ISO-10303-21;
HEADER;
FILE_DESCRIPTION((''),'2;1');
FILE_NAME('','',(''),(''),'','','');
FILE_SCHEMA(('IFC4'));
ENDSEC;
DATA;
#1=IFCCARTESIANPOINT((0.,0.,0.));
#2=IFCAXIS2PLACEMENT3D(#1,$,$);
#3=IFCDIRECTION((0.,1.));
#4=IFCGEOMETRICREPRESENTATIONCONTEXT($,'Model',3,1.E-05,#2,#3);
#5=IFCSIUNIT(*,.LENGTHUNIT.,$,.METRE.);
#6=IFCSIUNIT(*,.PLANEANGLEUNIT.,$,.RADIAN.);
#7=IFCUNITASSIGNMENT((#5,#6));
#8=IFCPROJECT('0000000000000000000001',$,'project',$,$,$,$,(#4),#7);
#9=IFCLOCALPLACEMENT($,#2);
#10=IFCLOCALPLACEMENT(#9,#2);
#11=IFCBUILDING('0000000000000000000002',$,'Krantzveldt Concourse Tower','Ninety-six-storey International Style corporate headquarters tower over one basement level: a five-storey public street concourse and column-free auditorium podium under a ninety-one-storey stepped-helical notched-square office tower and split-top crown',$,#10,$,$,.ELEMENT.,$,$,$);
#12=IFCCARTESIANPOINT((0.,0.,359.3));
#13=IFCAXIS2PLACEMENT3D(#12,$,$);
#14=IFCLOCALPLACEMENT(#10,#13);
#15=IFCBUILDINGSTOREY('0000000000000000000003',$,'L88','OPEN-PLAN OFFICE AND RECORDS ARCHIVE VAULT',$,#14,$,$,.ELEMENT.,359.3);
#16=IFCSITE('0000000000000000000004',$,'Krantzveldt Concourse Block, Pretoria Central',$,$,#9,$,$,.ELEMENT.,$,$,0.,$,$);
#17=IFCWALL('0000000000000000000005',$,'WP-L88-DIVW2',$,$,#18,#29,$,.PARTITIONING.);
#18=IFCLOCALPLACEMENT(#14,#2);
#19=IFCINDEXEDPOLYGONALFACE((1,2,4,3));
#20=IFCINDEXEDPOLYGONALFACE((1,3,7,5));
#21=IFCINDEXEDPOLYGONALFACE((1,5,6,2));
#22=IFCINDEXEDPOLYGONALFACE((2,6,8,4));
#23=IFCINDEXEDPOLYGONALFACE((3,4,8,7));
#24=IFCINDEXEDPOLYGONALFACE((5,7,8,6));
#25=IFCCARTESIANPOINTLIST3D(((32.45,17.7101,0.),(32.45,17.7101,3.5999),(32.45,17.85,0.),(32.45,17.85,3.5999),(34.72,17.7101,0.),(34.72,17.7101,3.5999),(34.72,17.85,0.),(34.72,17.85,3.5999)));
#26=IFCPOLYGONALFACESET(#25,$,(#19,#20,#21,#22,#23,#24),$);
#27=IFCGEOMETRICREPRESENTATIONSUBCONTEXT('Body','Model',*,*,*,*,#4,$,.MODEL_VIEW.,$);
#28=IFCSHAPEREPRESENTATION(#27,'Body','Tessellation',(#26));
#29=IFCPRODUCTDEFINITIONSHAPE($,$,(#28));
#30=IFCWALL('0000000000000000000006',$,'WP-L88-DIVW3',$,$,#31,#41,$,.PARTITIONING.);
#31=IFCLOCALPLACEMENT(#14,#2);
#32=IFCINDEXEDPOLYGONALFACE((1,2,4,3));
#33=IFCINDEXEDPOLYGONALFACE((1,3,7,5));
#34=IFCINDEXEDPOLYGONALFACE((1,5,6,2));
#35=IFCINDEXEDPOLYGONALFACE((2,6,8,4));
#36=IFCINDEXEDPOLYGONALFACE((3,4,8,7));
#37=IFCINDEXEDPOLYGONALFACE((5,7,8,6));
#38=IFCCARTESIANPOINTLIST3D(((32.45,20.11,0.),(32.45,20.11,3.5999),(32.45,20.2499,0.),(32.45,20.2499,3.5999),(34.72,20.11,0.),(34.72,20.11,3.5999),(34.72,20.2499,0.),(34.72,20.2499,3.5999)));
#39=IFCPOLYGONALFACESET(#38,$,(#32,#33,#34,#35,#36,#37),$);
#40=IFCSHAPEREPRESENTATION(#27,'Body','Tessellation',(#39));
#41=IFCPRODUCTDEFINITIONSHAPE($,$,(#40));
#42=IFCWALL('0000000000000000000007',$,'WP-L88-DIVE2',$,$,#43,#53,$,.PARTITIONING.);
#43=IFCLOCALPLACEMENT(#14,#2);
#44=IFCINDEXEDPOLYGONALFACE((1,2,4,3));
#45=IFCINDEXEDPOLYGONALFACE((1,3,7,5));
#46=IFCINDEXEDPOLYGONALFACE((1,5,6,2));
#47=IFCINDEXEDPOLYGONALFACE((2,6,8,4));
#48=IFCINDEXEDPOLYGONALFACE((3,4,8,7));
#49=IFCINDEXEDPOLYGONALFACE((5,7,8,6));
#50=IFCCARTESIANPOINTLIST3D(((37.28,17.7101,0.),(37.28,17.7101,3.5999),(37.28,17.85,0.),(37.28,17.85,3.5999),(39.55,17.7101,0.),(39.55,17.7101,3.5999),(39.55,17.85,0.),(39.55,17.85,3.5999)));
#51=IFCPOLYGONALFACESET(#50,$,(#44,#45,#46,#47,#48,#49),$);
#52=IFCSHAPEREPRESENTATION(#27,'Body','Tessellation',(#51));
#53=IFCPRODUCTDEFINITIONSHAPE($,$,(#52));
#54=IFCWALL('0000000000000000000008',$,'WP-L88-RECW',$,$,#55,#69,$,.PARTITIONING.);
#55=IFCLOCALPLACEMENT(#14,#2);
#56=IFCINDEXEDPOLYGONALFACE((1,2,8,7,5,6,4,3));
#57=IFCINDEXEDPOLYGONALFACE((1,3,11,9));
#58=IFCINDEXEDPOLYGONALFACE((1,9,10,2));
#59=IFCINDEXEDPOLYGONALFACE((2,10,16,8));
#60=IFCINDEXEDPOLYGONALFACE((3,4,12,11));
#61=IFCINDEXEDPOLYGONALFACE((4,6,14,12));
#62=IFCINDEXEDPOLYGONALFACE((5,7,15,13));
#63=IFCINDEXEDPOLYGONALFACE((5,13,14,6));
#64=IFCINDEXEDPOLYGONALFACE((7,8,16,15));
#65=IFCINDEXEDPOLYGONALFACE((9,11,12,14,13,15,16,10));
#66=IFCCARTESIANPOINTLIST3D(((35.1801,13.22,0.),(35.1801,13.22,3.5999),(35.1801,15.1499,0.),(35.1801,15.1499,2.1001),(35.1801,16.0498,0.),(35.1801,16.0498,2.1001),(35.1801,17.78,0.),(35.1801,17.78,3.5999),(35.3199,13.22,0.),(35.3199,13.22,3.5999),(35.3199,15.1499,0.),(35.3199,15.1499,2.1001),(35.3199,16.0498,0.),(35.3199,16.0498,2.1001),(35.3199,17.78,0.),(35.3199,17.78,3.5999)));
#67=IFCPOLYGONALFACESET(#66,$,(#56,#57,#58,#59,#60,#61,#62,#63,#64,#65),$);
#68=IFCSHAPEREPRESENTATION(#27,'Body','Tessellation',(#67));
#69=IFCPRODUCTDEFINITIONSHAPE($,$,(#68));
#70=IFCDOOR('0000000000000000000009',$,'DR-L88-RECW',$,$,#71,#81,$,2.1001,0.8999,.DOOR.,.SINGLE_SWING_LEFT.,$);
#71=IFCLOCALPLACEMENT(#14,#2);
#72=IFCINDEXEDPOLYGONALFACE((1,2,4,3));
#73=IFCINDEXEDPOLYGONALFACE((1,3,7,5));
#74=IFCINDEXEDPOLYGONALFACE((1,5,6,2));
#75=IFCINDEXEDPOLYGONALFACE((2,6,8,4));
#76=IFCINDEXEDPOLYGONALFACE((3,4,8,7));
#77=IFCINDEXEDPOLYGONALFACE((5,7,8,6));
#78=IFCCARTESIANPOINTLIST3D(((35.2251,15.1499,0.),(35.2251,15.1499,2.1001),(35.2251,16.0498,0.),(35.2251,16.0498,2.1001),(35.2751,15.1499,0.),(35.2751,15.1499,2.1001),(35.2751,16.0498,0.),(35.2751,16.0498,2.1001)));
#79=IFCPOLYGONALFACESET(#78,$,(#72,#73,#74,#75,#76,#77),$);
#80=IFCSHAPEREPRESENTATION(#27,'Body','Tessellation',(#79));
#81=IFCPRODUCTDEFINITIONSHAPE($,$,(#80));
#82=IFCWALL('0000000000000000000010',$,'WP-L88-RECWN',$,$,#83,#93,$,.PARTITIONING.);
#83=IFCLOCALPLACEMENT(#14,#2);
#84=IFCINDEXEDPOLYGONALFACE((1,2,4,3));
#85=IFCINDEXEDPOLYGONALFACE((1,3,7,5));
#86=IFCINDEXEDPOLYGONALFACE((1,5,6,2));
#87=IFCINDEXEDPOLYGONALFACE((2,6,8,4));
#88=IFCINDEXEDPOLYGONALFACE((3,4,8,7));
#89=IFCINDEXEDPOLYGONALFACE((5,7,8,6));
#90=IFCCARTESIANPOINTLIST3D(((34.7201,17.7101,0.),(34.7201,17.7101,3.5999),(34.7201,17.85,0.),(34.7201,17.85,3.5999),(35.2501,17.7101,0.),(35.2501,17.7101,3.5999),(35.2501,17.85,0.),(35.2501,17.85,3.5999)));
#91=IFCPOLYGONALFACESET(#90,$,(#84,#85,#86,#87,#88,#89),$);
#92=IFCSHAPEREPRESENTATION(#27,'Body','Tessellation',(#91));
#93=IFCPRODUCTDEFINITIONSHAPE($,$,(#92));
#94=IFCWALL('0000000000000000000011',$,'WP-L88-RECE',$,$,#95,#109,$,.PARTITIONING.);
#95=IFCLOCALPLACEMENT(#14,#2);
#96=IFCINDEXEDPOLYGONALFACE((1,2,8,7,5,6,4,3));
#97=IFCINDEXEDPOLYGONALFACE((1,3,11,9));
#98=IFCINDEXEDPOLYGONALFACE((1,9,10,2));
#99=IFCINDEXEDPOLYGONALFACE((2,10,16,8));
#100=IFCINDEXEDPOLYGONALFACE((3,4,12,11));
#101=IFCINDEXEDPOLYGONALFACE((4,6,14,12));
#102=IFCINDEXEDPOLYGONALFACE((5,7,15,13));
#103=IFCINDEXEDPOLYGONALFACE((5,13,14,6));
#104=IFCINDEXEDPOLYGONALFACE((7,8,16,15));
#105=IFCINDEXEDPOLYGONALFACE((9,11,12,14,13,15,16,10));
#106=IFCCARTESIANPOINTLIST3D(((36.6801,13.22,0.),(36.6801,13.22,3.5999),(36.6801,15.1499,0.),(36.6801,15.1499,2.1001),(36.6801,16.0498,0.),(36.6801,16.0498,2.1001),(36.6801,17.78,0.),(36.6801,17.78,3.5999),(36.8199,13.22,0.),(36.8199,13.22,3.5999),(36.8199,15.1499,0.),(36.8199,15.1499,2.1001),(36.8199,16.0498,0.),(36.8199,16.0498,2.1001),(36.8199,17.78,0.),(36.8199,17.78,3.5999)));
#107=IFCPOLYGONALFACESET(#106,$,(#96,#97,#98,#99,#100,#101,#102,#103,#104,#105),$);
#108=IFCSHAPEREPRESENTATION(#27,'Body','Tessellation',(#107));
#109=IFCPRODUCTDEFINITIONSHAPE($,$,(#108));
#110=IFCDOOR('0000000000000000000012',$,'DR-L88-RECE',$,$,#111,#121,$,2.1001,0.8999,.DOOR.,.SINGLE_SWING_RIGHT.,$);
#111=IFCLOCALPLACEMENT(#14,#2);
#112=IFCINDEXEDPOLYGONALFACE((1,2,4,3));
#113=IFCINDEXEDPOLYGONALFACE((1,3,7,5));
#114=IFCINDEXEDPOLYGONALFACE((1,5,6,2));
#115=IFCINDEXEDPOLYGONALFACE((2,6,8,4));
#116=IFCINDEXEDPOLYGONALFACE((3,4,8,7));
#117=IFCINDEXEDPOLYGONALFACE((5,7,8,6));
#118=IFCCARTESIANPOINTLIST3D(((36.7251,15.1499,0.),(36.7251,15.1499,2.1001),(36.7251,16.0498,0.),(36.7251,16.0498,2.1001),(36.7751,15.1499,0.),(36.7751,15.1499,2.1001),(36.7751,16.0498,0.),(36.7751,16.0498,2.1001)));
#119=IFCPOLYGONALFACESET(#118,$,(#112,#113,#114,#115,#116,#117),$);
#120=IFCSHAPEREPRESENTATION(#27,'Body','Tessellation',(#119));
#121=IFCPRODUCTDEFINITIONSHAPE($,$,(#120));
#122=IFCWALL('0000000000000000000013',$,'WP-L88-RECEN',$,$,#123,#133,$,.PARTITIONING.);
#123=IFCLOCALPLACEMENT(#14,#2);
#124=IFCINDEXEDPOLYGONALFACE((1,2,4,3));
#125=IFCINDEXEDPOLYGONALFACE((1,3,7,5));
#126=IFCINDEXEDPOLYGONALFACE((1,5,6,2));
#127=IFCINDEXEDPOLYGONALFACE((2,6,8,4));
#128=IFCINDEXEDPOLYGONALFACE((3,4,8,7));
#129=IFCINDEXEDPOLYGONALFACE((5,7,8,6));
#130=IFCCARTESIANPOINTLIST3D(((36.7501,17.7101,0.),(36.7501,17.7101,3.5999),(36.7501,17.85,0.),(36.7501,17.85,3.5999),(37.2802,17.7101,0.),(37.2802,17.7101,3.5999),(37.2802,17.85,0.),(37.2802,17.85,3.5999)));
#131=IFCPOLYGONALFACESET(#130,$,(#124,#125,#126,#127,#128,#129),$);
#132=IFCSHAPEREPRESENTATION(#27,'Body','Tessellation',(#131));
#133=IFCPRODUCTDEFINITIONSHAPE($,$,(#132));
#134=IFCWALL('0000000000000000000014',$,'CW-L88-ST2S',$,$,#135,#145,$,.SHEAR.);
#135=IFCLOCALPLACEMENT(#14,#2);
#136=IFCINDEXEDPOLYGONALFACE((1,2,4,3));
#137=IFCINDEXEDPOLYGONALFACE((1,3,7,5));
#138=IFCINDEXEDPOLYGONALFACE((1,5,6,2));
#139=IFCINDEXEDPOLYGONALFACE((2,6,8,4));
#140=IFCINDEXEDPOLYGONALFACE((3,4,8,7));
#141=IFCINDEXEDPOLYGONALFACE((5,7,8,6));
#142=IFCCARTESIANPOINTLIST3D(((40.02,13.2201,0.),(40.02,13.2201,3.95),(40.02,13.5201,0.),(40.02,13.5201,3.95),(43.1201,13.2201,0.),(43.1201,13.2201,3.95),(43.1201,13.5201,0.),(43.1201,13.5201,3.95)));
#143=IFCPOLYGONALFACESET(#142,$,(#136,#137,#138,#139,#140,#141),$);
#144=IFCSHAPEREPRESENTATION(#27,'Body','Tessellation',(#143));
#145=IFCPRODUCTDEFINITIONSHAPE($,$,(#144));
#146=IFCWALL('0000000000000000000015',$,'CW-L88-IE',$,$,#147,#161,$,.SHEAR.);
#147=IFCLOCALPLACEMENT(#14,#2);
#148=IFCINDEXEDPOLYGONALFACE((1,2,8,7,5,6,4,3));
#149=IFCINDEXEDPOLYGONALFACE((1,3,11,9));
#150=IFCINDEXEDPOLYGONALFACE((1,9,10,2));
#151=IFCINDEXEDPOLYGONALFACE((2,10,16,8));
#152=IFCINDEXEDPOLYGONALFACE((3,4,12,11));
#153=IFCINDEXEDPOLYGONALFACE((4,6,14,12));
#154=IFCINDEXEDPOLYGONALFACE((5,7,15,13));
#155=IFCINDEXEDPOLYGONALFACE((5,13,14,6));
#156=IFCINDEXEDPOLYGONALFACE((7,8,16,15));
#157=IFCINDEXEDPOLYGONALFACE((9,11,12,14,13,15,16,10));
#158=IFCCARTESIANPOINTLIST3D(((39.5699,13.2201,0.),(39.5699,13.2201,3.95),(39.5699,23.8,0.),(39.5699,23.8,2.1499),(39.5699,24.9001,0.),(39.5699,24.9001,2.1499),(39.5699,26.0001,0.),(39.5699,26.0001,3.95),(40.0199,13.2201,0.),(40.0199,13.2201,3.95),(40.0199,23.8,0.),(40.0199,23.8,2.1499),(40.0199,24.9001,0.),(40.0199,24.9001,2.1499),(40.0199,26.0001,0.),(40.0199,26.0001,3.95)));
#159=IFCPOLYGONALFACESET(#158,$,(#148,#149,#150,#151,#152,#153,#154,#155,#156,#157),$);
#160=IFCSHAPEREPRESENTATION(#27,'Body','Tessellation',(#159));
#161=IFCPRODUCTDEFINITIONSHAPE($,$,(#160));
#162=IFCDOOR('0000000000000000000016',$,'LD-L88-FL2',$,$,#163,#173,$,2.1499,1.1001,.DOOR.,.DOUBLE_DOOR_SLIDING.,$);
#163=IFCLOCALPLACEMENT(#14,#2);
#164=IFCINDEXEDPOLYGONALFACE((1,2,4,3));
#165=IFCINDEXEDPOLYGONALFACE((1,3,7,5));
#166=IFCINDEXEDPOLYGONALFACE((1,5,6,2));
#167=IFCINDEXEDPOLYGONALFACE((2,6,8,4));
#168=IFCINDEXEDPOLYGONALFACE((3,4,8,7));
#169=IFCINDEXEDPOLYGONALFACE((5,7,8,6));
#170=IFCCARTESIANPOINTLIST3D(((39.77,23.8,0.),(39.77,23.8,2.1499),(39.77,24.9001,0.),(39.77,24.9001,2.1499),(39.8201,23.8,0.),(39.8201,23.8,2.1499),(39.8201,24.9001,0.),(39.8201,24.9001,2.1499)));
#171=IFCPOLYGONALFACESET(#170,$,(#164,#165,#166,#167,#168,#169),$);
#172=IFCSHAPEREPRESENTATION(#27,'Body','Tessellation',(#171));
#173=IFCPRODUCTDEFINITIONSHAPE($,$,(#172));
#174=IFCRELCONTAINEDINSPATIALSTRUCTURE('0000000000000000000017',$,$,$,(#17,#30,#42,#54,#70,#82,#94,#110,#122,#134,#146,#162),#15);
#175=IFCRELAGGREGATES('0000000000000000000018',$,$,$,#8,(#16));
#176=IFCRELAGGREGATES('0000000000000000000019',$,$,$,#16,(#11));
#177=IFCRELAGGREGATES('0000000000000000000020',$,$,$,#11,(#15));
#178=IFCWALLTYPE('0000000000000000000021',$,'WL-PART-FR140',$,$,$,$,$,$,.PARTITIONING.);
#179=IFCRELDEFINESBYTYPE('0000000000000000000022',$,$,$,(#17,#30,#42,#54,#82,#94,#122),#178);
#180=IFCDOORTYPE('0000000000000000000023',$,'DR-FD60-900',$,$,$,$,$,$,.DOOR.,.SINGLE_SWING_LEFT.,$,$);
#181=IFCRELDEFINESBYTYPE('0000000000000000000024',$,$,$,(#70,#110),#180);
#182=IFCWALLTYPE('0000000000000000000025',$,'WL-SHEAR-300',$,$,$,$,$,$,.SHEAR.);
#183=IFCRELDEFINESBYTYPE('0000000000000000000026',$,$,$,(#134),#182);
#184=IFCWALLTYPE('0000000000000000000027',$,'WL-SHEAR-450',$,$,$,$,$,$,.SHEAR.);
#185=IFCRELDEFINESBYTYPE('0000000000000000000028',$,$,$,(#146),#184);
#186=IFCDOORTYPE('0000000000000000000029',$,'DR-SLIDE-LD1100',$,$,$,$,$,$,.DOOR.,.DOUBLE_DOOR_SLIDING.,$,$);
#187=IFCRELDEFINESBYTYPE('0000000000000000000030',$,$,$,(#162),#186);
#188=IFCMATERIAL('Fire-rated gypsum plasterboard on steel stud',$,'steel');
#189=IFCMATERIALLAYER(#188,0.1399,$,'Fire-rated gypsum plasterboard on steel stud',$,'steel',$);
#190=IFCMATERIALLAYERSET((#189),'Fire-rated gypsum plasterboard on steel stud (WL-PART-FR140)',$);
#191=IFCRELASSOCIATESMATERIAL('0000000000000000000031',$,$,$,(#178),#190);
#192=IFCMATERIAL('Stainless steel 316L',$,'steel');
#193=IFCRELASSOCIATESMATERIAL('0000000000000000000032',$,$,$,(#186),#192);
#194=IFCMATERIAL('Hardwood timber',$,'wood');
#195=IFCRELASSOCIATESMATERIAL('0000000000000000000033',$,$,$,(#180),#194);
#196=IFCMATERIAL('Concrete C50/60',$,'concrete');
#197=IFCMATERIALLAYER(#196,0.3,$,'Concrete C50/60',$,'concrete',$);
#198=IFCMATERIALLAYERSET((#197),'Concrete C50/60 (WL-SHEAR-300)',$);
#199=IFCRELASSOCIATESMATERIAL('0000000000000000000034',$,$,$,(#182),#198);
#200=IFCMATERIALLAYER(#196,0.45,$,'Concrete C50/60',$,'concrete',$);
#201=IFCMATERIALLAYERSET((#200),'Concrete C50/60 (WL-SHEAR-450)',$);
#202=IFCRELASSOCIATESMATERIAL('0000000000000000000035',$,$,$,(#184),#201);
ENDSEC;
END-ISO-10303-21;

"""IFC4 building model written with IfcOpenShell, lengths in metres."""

from ifc_helpers import new_model, si_unit, direction, frame, frame_2d, origin, place, context, subcontext, project, spatial, rectangle, extrude, material, layer, layer_set, type_object, element, fill, save


model = new_model("IFC4")

# Units and contexts
model_context = context("Model", 3, precision=1e-05, world=origin(), true_north=direction((0.0, 1.0)))
body_context = subcontext(model_context, "Body", "Model", "MODEL_VIEW")
ifc_project = project(units=[si_unit("LENGTHUNIT", "METRE"), si_unit("PLANEANGLEUNIT", "RADIAN")], contexts=[model_context])

# Site, building, storey
site_placement = place(None, origin())
site = spatial("IfcSite", under=ifc_project, at=site_placement, Name="Krantzveldt Concourse Block, Pretoria Central", CompositionType="ELEMENT", RefElevation=0.0)
building_placement = place(site_placement, origin())
building = spatial("IfcBuilding", under=site, at=building_placement, Name="Krantzveldt Concourse Tower", Description="Ninety-six-storey International Style corporate headquarters tower over one basement level: a five-storey public street concourse and column-free auditorium podium under a ninety-one-storey stepped-helical notched-square office tower and split-top crown", CompositionType="ELEMENT")
storey_placement = place(building_placement, frame((0.0, 0.0, 359.3)))
storey = spatial("IfcBuildingStorey", under=building, at=storey_placement, Name="L88", Description="OPEN-PLAN OFFICE AND RECORDS ARCHIVE VAULT", CompositionType="ELEMENT", Elevation=359.3)

# Shared definitions
ifc_material_1 = material(Name="Fire-rated gypsum plasterboard on steel stud", Category="steel")
ifc_material_2 = material(Name="Hardwood timber", Category="wood")

# Shared definitions
ifc_layer_1 = layer(ifc_material_1, 0.1399, Name="Fire-rated gypsum plasterboard on steel stud", Category="steel")
ifc_layer_set_1 = layer_set([ifc_layer_1], Name="Fire-rated gypsum plasterboard on steel stud (WL-PART-FR140)")
wall_type_1 = type_object("IfcWallType", Name="WL-PART-FR140", PredefinedType="PARTITIONING", material=ifc_layer_set_1)
ifc_material_3 = material(Name="Stainless steel 316L", Category="steel")
door_type_1 = type_object("IfcDoorType", Name="DR-SLIDE-LD1100", OperationType="DOUBLE_DOOR_SLIDING", PredefinedType="DOOR", material=ifc_material_3)

# Walls
for number, where, z_axis, x_axis, name in (
    (1, (32.45, 17.78, 0.0), (0.0, 0.0, 1.0), (1.0, 0.0, 0.0), "WP-L88-DIVW2"),
    (2, (32.45, 20.1799, 0.0), (0.0, 0.0, 1.0), (1.0, 0.0, 0.0), "WP-L88-DIVW3"),
    (3, (37.28, 17.78, 0.0), (0.0, 0.0, 1.0), (1.0, 0.0, 0.0), "WP-L88-DIVE2"),
):
    element("IfcWall", number, at=place(storey_placement, frame(where, z_axis=z_axis, x_axis=x_axis)), inside=storey, type_object=wall_type_1, Name=name, PredefinedType="PARTITIONING", context=body_context, shape_type="SweptSolid", body=[
        extrude(rectangle(XDim=2.27, YDim=0.1399, at=frame_2d((1.135, 0.0))), origin(), (0.0, 0.0, 1.0), 3.5999),
    ])

# Wall, opening, door
wall_1_placement = place(storey_placement, frame((35.25, 13.22, 0.0), z_axis=(0.0, 0.0, 1.0), x_axis=(0.0, 1.0, 0.0)))
wall_1 = element("IfcWall", 4, at=wall_1_placement, inside=storey, type_object=wall_type_1, Name="WP-L88-RECW", PredefinedType="PARTITIONING", context=body_context, shape_type="SweptSolid", body=[
    extrude(rectangle(XDim=4.5601, YDim=0.1399, at=frame_2d((2.28, 0.0))), origin(), (0.0, 0.0, 1.0), 3.5999),
])
opening_1_placement = place(wall_1_placement, frame((1.9299, 0.0, 0.0)))
opening_1 = element("IfcOpeningElement", 5, at=opening_1_placement, cuts=wall_1, PredefinedType="OPENING", context=body_context, shape_type="SweptSolid", body=[
    extrude(rectangle(XDim=0.8999, YDim=2.1001, at=frame_2d((0.45, 1.05))), frame((0.0, 0.0801, 0.0), z_axis=(0.0, -1.0, 0.0), x_axis=(1.0, 0.0, 0.0)), (0.0, 0.0, 1.0), 0.1599),
])
door_type_2 = type_object("IfcDoorType", Name="DR-FD60-900", OperationType="SINGLE_SWING_LEFT", PredefinedType="DOOR", material=ifc_material_2)
door_1_placement = place(opening_1_placement, origin())
door_1 = element("IfcDoor", 6, at=door_1_placement, inside=storey, type_object=door_type_2, Name="DR-L88-RECW", OperationType="SINGLE_SWING_LEFT", OverallHeight=2.1001, OverallWidth=0.8999, PredefinedType="DOOR", context=body_context, shape_type="SweptSolid", body=[
    extrude(rectangle(XDim=0.8999, YDim=2.1001, at=frame_2d((0.45, 1.05))), frame((0.0, 0.0249, 0.0), z_axis=(0.0, -1.0, 0.0), x_axis=(1.0, 0.0, 0.0)), (0.0, 0.0, 1.0), 0.05),
])
fill(opening_1, door_1)

# Wall
wall_2_placement = place(storey_placement, frame((34.72, 17.78, 0.0), z_axis=(0.0, 0.0, 1.0), x_axis=(1.0, 0.0, 0.0)))
element("IfcWall", 7, at=wall_2_placement, inside=storey, type_object=wall_type_1, Name="WP-L88-RECWN", PredefinedType="PARTITIONING", context=body_context, shape_type="SweptSolid", body=[
    extrude(rectangle(XDim=0.53, YDim=0.1399, at=frame_2d((0.2651, 0.0))), origin(), (0.0, 0.0, 1.0), 3.5999),
])

# Wall, opening, door
wall_3_placement = place(storey_placement, frame((36.75, 13.22, 0.0), z_axis=(0.0, 0.0, 1.0), x_axis=(0.0, 1.0, 0.0)))
wall_3 = element("IfcWall", 8, at=wall_3_placement, inside=storey, type_object=wall_type_1, Name="WP-L88-RECE", PredefinedType="PARTITIONING", context=body_context, shape_type="SweptSolid", body=[
    extrude(rectangle(XDim=4.5601, YDim=0.1399, at=frame_2d((2.28, 0.0))), origin(), (0.0, 0.0, 1.0), 3.5999),
])
opening_2_placement = place(wall_3_placement, frame((1.9299, 0.0, 0.0)))
opening_2 = element("IfcOpeningElement", 9, at=opening_2_placement, cuts=wall_3, PredefinedType="OPENING", context=body_context, shape_type="SweptSolid", body=[
    extrude(rectangle(XDim=0.8999, YDim=2.1001, at=frame_2d((0.45, 1.05))), frame((0.0, 0.0801, 0.0), z_axis=(0.0, -1.0, 0.0), x_axis=(1.0, 0.0, 0.0)), (0.0, 0.0, 1.0), 0.1599),
])
door_2_placement = place(opening_2_placement, origin())
door_2 = element("IfcDoor", 10, at=door_2_placement, inside=storey, type_object=door_type_2, Name="DR-L88-RECE", OperationType="SINGLE_SWING_RIGHT", OverallHeight=2.1001, OverallWidth=0.8999, PredefinedType="DOOR", context=body_context, shape_type="SweptSolid", body=[
    extrude(rectangle(XDim=0.8999, YDim=2.1001, at=frame_2d((0.45, 1.05))), frame((0.0, 0.0249, 0.0), z_axis=(0.0, -1.0, 0.0), x_axis=(1.0, 0.0, 0.0)), (0.0, 0.0, 1.0), 0.05),
])
fill(opening_2, door_2)

# Walls
wall_4_placement = place(storey_placement, frame((36.75, 17.78, 0.0), z_axis=(0.0, 0.0, 1.0), x_axis=(1.0, 0.0, 0.0)))
element("IfcWall", 11, at=wall_4_placement, inside=storey, type_object=wall_type_1, Name="WP-L88-RECEN", PredefinedType="PARTITIONING", context=body_context, shape_type="SweptSolid", body=[
    extrude(rectangle(XDim=0.53, YDim=0.1399, at=frame_2d((0.2651, 0.0))), origin(), (0.0, 0.0, 1.0), 3.5999),
])
ifc_material_4 = material(Name="Concrete C50/60", Category="concrete")
ifc_layer_2 = layer(ifc_material_4, 0.3, Name="Concrete C50/60", Category="concrete")
ifc_layer_set_2 = layer_set([ifc_layer_2], Name="Concrete C50/60 (WL-SHEAR-300)")
wall_type_2 = type_object("IfcWallType", Name="WL-SHEAR-300", PredefinedType="SHEAR", material=ifc_layer_set_2)
wall_5_placement = place(storey_placement, frame((40.02, 13.3701, 0.0), z_axis=(0.0, 0.0, 1.0), x_axis=(1.0, 0.0, 0.0)))
element("IfcWall", 12, at=wall_5_placement, inside=storey, type_object=wall_type_2, Name="CW-L88-ST2S", PredefinedType="SHEAR", context=body_context, shape_type="SweptSolid", body=[
    extrude(rectangle(XDim=3.1001, YDim=0.3, at=frame_2d((1.55, 0.0))), origin(), (0.0, 0.0, 1.0), 3.95),
])

# Wall, opening, door
ifc_layer_3 = layer(ifc_material_4, 0.45, Name="Concrete C50/60", Category="concrete")
ifc_layer_set_3 = layer_set([ifc_layer_3], Name="Concrete C50/60 (WL-SHEAR-450)")
wall_type_3 = type_object("IfcWallType", Name="WL-SHEAR-450", PredefinedType="SHEAR", material=ifc_layer_set_3)
wall_6_placement = place(storey_placement, frame((39.7949, 13.22, 0.0), z_axis=(0.0, 0.0, 1.0), x_axis=(0.0, 1.0, 0.0)))
wall_6 = element("IfcWall", 13, at=wall_6_placement, inside=storey, type_object=wall_type_3, Name="CW-L88-IE", PredefinedType="SHEAR", context=body_context, shape_type="SweptSolid", body=[
    extrude(rectangle(XDim=12.78, YDim=0.45, at=frame_2d((6.3901, 0.0))), origin(), (0.0, 0.0, 1.0), 3.95),
])
opening_3_placement = place(wall_6_placement, frame((10.5801, 0.0, 0.0)))
opening_3 = element("IfcOpeningElement", 14, at=opening_3_placement, cuts=wall_6, PredefinedType="OPENING", context=body_context, shape_type="SweptSolid", body=[
    extrude(rectangle(XDim=1.1001, YDim=2.1499, at=frame_2d((0.55, 1.075))), frame((0.0, 0.2349, 0.0), z_axis=(0.0, -1.0, 0.0), x_axis=(1.0, 0.0, 0.0)), (0.0, 0.0, 1.0), 0.47),
])
door_3_placement = place(opening_3_placement, origin())
door_3 = element("IfcDoor", 15, at=door_3_placement, inside=storey, type_object=door_type_1, Name="LD-L88-FL2", OperationType="DOUBLE_DOOR_SLIDING", OverallHeight=2.1499, OverallWidth=1.1001, PredefinedType="DOOR", context=body_context, shape_type="SweptSolid", body=[
    extrude(rectangle(XDim=1.1001, YDim=2.1499, at=frame_2d((0.55, 1.075))), frame((0.0, 0.0249, 0.0), z_axis=(0.0, -1.0, 0.0), x_axis=(1.0, 0.0, 0.0)), (0.0, 0.0, 1.0), 0.05),
])
fill(opening_3, door_3)

save(model, "model.ifc")
